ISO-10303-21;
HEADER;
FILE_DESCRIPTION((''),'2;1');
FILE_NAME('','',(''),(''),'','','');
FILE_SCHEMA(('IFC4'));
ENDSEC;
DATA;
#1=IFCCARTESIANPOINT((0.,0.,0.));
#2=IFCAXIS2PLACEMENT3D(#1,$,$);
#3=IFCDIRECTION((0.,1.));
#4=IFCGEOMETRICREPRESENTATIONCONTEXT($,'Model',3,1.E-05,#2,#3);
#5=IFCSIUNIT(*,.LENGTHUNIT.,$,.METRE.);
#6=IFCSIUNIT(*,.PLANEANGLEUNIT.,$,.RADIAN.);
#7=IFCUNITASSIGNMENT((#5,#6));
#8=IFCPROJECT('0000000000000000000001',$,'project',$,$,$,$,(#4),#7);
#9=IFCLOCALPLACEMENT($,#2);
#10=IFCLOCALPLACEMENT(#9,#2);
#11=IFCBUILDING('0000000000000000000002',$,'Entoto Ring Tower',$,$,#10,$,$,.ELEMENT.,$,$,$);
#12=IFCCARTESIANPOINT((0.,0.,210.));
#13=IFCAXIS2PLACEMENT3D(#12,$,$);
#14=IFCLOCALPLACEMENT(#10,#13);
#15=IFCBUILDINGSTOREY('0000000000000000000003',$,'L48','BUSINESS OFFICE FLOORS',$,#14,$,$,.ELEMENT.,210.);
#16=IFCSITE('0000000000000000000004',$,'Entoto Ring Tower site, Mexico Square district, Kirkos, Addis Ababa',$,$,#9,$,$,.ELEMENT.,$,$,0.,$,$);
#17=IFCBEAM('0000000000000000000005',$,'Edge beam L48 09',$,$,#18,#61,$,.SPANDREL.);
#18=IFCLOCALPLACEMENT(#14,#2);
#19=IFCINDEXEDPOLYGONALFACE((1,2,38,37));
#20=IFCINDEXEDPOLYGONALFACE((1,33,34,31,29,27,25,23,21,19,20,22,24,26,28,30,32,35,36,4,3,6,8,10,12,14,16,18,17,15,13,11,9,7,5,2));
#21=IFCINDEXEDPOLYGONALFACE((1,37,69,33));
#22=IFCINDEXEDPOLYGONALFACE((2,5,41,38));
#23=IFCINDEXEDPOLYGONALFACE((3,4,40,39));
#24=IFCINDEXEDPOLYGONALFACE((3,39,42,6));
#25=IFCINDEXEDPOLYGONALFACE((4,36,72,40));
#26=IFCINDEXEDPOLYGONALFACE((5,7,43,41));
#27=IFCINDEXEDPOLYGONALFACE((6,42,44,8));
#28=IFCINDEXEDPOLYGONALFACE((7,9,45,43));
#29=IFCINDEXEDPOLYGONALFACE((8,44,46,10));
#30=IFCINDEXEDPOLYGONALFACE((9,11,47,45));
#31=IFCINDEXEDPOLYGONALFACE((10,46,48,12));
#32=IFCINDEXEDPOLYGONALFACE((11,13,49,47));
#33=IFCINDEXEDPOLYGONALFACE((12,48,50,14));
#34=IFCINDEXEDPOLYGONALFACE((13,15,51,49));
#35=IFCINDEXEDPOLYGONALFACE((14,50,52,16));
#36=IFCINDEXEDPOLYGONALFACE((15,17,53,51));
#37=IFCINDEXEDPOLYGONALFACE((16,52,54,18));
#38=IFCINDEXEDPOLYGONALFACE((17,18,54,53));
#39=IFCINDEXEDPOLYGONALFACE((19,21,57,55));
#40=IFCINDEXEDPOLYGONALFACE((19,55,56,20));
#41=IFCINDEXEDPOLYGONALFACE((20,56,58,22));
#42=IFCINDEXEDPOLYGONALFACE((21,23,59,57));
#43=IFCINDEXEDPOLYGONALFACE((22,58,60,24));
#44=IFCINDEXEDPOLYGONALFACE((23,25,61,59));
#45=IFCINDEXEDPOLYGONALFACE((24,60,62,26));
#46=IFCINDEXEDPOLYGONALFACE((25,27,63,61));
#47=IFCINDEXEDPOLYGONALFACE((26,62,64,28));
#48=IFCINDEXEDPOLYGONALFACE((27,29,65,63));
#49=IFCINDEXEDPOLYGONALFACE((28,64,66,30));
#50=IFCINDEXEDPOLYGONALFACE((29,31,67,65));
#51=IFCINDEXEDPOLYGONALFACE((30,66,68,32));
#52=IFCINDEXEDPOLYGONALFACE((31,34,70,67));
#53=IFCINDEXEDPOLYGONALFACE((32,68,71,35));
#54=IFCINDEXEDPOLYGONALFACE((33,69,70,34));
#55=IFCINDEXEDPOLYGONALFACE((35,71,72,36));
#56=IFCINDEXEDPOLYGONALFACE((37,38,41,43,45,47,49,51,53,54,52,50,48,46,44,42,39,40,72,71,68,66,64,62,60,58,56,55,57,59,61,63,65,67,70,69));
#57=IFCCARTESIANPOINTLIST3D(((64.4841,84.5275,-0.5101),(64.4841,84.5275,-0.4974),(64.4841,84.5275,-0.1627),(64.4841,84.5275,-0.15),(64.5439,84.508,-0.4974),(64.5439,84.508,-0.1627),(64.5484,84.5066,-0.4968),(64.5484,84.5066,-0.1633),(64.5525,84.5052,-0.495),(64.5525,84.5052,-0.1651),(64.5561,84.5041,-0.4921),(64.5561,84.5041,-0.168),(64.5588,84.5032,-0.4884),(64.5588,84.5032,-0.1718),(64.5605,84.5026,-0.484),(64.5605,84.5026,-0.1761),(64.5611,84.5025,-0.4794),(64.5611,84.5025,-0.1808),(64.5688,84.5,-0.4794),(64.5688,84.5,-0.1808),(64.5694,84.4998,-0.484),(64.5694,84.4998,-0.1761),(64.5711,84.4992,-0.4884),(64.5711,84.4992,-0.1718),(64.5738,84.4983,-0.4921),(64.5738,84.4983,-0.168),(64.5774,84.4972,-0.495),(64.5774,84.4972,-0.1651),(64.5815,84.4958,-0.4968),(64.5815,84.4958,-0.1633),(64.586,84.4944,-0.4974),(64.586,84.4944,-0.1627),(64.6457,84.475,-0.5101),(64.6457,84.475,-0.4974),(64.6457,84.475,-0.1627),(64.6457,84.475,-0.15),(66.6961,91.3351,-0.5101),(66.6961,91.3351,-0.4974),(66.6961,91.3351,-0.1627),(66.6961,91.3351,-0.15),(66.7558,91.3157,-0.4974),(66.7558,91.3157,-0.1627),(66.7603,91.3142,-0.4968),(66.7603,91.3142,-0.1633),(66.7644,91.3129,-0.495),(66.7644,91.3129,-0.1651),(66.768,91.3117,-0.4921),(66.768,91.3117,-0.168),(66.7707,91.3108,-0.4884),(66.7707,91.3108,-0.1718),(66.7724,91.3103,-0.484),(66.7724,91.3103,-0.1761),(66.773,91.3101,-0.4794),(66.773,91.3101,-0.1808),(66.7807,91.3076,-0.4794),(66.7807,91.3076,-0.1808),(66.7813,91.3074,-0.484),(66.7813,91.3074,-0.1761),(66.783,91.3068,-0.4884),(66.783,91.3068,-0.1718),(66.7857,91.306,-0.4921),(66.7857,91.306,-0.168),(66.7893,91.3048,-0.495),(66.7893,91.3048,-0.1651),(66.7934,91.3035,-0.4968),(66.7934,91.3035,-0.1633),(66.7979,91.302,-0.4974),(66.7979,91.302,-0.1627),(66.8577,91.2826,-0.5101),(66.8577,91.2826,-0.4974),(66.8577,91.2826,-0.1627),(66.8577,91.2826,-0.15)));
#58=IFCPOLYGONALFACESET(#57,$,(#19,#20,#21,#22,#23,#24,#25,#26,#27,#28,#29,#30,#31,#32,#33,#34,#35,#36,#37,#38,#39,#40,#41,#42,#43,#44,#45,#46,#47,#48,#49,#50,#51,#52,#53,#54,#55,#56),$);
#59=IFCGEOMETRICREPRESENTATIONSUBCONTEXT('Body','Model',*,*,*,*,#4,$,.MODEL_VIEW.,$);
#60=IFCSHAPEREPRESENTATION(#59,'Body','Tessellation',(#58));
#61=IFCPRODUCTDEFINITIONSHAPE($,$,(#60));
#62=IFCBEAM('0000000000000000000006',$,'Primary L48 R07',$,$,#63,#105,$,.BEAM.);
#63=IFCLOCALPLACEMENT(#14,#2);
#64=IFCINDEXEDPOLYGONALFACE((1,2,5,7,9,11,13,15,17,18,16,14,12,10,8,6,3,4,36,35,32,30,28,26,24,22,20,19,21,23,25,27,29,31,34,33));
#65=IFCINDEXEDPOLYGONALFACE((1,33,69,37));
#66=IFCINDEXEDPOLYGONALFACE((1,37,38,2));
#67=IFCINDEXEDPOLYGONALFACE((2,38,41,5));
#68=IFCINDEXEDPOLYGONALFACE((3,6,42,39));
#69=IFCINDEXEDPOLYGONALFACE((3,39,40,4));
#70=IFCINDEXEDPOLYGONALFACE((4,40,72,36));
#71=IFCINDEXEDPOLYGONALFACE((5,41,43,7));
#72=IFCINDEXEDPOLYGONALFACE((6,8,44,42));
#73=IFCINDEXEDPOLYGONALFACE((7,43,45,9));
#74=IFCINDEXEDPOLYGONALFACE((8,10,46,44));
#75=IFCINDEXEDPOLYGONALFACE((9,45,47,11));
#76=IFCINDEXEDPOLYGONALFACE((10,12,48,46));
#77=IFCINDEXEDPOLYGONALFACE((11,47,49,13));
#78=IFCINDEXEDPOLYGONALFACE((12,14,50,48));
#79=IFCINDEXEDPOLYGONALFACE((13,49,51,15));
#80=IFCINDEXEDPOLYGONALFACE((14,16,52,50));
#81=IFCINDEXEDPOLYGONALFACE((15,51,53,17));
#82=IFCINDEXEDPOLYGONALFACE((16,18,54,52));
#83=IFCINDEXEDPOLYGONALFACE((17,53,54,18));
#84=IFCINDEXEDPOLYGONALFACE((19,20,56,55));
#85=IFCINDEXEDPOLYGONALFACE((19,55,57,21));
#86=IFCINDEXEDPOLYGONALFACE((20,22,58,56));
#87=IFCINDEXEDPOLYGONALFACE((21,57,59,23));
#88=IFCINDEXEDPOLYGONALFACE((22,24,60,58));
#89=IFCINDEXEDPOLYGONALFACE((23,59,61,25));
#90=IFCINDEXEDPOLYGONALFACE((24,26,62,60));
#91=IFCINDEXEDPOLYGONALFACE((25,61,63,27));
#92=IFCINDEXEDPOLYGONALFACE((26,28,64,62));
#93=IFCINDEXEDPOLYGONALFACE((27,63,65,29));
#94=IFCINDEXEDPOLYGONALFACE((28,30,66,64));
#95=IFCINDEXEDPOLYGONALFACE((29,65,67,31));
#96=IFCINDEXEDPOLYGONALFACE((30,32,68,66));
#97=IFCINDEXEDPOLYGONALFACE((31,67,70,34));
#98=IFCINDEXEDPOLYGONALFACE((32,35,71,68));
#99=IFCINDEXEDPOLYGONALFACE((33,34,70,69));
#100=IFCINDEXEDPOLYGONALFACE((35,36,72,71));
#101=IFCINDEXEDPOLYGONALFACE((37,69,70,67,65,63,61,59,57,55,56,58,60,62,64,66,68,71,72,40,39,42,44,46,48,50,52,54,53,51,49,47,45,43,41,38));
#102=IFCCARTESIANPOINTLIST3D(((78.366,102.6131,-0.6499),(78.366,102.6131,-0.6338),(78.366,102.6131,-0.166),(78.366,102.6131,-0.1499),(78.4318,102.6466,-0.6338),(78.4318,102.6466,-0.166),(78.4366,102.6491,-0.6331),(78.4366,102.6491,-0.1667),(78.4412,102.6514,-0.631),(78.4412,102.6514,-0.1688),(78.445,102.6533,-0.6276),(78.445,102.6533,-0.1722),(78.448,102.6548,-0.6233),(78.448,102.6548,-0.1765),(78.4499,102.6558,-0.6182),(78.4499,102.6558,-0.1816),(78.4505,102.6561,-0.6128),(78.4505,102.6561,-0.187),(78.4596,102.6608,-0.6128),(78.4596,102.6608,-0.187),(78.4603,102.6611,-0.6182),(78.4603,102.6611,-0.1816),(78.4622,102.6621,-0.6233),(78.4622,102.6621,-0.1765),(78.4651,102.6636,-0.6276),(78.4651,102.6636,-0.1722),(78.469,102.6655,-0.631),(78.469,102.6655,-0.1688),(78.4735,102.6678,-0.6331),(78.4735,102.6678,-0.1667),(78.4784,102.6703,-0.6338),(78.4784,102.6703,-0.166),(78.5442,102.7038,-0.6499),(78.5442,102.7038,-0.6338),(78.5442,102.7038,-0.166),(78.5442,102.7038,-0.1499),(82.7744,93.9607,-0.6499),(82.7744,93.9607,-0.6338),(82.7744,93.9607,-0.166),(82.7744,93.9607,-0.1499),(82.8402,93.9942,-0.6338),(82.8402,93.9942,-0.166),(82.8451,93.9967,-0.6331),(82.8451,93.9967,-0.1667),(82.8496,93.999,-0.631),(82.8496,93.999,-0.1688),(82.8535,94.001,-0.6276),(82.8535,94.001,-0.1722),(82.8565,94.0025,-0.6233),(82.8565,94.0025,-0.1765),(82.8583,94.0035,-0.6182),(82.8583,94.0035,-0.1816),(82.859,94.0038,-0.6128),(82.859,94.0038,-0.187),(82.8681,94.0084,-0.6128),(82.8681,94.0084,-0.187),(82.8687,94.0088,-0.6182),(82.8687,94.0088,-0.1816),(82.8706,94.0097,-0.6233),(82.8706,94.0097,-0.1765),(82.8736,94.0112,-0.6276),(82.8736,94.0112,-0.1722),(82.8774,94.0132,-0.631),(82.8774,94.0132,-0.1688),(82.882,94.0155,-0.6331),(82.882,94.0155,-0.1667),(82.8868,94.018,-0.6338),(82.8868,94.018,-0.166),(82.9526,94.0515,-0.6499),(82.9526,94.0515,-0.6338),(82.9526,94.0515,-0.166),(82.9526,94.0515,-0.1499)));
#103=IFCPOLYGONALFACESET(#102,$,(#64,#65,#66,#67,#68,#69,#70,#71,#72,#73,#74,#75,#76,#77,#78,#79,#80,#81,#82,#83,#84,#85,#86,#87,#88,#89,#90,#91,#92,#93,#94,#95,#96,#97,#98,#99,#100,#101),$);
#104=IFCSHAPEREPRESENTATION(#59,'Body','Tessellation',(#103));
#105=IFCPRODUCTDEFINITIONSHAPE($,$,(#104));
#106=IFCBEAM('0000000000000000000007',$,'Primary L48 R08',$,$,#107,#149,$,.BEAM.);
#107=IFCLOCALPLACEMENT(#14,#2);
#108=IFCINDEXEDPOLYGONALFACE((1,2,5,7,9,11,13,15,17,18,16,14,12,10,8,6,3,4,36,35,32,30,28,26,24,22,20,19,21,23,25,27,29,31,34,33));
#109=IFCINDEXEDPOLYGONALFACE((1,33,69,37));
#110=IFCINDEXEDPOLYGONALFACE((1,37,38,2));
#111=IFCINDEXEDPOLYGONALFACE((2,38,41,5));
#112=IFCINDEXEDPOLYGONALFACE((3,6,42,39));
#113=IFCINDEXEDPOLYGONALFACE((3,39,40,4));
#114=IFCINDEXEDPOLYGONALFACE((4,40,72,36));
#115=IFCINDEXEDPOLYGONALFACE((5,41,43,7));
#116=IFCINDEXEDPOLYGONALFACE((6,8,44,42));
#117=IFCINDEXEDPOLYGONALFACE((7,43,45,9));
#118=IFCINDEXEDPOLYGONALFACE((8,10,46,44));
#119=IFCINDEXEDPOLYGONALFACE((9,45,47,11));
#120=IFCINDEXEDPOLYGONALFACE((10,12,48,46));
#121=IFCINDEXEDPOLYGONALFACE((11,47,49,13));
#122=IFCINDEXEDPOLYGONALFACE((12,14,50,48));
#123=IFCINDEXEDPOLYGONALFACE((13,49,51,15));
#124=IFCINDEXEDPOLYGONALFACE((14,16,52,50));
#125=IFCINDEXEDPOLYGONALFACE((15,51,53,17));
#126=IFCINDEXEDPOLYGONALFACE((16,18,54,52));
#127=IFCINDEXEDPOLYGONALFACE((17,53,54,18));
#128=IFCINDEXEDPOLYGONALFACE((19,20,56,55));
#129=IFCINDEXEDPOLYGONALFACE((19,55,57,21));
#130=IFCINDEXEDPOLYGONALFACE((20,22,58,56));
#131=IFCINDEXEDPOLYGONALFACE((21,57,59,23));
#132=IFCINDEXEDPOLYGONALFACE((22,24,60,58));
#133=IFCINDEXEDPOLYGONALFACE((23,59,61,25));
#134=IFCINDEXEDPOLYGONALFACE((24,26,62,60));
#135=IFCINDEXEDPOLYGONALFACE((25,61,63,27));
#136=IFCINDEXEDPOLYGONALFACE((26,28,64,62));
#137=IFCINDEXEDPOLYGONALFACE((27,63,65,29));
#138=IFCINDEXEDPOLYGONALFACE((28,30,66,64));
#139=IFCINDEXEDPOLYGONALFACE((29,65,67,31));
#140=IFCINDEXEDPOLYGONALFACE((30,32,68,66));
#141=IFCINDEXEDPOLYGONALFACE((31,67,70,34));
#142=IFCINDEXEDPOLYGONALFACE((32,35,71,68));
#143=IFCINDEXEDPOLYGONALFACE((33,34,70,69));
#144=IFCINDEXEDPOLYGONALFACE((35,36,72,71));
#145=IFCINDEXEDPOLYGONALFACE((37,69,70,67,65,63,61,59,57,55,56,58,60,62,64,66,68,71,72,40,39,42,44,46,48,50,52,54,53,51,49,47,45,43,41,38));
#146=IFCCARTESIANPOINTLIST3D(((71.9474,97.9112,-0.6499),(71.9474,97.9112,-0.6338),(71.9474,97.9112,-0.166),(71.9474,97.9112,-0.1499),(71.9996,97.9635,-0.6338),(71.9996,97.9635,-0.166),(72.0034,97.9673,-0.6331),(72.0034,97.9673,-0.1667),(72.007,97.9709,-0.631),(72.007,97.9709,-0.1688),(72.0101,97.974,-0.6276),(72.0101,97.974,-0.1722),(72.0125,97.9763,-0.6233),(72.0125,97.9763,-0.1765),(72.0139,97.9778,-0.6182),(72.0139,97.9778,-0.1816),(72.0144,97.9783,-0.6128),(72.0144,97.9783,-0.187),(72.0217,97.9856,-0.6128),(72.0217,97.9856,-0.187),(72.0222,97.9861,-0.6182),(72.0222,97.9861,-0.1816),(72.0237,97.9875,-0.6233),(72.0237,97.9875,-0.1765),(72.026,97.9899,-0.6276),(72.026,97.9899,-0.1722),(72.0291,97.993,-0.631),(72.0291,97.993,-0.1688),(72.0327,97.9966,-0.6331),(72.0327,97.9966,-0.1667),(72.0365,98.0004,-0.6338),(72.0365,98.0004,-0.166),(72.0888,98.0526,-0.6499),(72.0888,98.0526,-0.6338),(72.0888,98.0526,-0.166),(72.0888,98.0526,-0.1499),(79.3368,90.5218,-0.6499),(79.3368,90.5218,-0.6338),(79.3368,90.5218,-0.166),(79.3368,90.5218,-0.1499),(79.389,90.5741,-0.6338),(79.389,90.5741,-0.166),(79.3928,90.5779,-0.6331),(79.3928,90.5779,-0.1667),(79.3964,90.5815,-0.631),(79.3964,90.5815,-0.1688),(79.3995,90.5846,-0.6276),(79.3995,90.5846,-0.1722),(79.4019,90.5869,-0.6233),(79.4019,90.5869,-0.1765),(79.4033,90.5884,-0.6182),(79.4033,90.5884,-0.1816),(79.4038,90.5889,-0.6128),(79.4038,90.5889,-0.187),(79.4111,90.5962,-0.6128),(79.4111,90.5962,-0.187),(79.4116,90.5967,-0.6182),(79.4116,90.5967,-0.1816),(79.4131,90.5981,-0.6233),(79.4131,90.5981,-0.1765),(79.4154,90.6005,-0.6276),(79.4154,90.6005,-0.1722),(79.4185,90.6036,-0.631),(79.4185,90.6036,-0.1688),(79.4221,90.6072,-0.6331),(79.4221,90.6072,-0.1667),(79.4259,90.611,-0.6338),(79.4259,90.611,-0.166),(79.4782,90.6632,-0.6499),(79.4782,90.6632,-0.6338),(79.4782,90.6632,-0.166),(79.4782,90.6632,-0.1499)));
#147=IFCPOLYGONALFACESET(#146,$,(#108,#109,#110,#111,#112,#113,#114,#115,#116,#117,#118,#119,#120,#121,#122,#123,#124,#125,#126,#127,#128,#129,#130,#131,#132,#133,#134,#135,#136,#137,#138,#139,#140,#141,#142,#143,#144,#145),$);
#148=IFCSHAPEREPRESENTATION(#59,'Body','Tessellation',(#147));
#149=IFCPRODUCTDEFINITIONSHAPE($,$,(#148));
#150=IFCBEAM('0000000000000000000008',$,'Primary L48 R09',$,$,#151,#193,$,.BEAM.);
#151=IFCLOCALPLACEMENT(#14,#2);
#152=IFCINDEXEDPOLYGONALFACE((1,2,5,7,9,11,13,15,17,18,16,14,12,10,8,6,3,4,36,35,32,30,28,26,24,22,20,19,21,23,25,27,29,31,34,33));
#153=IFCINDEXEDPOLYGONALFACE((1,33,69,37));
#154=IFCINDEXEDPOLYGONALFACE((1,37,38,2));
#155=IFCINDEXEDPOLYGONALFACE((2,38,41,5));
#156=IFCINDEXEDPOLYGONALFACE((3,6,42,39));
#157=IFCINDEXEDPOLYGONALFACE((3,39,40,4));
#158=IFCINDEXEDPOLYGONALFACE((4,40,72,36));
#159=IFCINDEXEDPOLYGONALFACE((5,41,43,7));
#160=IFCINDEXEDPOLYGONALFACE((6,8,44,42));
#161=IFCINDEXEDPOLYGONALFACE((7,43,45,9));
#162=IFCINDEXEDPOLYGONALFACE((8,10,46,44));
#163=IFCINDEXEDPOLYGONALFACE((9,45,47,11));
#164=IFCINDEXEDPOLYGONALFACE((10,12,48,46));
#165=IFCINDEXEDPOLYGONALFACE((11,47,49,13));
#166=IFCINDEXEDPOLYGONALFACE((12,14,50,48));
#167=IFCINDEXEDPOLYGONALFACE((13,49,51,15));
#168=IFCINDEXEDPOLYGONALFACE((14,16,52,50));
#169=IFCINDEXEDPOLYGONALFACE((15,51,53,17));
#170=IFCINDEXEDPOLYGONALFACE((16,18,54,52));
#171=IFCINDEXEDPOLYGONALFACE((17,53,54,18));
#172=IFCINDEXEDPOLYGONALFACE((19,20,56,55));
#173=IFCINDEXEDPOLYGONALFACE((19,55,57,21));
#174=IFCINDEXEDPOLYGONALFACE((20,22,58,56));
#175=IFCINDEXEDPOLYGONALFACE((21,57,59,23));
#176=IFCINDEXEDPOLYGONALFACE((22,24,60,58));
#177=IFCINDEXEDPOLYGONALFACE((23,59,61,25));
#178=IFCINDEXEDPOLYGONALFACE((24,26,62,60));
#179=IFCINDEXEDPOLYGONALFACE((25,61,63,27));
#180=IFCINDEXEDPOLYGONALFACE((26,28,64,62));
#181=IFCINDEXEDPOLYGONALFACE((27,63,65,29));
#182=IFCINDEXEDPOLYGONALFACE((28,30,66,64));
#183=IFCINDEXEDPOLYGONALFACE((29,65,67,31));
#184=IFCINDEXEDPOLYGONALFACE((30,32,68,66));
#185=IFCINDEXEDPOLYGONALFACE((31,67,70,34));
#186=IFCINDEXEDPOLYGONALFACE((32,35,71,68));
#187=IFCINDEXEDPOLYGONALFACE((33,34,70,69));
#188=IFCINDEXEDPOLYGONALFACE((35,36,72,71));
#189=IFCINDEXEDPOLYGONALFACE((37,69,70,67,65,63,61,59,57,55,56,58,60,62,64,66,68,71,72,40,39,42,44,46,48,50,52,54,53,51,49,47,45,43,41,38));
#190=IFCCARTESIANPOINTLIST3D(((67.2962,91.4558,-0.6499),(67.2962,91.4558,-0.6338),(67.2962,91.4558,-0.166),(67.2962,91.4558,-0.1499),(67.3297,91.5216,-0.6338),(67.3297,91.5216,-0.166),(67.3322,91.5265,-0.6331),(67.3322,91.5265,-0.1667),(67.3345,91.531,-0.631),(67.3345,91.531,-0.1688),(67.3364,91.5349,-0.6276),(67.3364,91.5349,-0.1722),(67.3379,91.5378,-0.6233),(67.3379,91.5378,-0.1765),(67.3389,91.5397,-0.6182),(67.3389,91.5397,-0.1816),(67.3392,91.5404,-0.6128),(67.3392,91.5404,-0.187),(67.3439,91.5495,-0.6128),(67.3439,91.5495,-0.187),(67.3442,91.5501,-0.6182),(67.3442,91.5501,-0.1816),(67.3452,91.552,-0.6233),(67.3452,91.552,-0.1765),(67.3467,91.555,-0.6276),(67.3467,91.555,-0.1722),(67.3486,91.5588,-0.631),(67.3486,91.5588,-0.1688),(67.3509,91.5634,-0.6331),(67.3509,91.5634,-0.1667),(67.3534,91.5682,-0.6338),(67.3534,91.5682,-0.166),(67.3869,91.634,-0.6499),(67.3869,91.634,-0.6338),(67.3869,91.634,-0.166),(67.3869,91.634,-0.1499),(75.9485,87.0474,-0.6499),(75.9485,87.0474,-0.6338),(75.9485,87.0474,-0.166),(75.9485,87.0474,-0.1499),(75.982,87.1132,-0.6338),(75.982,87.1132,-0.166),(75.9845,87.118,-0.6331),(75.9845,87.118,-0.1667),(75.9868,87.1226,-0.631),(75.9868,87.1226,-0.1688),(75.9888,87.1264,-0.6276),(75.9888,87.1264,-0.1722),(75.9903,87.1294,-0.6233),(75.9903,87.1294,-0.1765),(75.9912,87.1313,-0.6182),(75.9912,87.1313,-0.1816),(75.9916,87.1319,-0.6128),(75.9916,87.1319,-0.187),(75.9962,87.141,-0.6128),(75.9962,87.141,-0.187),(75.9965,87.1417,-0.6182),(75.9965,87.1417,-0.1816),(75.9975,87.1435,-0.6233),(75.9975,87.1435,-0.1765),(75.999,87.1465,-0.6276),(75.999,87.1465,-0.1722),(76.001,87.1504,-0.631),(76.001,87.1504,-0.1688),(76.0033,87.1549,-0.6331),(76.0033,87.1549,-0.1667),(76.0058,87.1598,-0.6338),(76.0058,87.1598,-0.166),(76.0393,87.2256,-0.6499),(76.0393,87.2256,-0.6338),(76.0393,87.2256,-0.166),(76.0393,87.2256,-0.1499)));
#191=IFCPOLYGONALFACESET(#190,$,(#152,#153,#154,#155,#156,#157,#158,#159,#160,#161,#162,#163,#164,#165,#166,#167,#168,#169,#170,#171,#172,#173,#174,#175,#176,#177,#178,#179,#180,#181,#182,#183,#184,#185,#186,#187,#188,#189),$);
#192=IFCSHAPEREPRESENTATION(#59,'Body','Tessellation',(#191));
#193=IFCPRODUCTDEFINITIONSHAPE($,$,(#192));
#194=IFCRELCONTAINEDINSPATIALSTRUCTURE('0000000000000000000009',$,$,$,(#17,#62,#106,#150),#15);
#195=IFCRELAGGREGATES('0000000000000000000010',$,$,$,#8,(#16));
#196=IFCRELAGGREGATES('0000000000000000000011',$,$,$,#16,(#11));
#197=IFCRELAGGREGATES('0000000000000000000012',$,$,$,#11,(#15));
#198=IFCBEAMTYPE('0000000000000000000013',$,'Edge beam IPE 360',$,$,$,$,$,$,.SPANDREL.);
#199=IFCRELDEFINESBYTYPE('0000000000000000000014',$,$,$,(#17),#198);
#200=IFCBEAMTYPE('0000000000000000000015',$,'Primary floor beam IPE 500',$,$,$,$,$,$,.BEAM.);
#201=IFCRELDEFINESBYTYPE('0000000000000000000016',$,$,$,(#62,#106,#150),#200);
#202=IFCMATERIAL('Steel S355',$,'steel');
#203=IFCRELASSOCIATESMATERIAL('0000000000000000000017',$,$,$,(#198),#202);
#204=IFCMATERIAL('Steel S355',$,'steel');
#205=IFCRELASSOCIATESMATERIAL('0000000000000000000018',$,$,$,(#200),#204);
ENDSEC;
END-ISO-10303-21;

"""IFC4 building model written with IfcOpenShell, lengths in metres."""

from ifc_helpers import new_model, si_unit, direction, frame, origin, origin_2d, place, context, subcontext, project, spatial, i_section, extrude, material, material_profile, profile_set, type_object, element, save


model = new_model("IFC4")

# Units and contexts
model_context = context("Model", 3, precision=1e-05, world=origin(), true_north=direction((0.0, 1.0)))
body_context = subcontext(model_context, "Body", "Model", "MODEL_VIEW")
ifc_project = project(units=[si_unit("LENGTHUNIT", "METRE"), si_unit("PLANEANGLEUNIT", "RADIAN")], contexts=[model_context])

# Site, building, storey
site_placement = place(None, origin())
site = spatial("IfcSite", under=ifc_project, at=site_placement, Name="Entoto Ring Tower site, Mexico Square district, Kirkos, Addis Ababa", CompositionType="ELEMENT", RefElevation=0.0)
building_placement = place(site_placement, origin())
building = spatial("IfcBuilding", under=site, at=building_placement, Name="Entoto Ring Tower", CompositionType="ELEMENT")
storey_placement = place(building_placement, frame((0.0, 0.0, 210.0)))
storey = spatial("IfcBuildingStorey", under=building, at=storey_placement, Name="L48", Description="BUSINESS OFFICE FLOORS", CompositionType="ELEMENT", Elevation=210.0)

# Beams
ifc_material_1 = material(Name="Steel S355", Category="steel")
ifc_material_profile_1 = material_profile(ifc_material_1, i_section(OverallWidth=0.1699, OverallDepth=0.3601, WebThickness=0.0081, FlangeThickness=0.0127, FilletRadius=0.0181, at=origin_2d()), Name="IPE 360")
ifc_profile_set_1 = profile_set([ifc_material_profile_1], Name="Steel S355")
beam_type_1 = type_object("IfcBeamType", Name="Edge beam IPE 360", PredefinedType="SPANDREL", material=ifc_profile_set_1)
beam_1_placement = place(storey_placement, frame((66.7769, 91.3088, -0.3301), z_axis=(-0.309015, -0.951057, 0.0), x_axis=(0.951057, -0.309015, 0.0)))
element("IfcBeam", 1, at=beam_1_placement, inside=storey, type_object=beam_type_1, Name="Edge beam L48 09", PredefinedType="SPANDREL", context=body_context, shape_type="SweptSolid", body=[
    extrude(i_section(OverallWidth=0.1699, OverallDepth=0.3601, WebThickness=0.0081, FlangeThickness=0.0127, FilletRadius=0.0181, at=origin_2d()), origin(), (0.0, 0.0, 1.0), 7.158),
])
ifc_material_2 = material(Name="Steel S355", Category="steel")
ifc_material_profile_2 = material_profile(ifc_material_2, i_section(OverallWidth=0.2, OverallDepth=0.5, WebThickness=0.0103, FlangeThickness=0.0161, FilletRadius=0.021, at=origin_2d()), Name="IPE 500")
ifc_profile_set_2 = profile_set([ifc_material_profile_2], Name="Steel S355")
beam_type_2 = type_object("IfcBeamType", Name="Primary floor beam IPE 500", PredefinedType="BEAM", material=ifc_profile_set_2)
beam_2_placement = place(storey_placement, frame((82.8635, 94.0061, -0.3999), z_axis=(-0.453979, 0.891012, 0.0), x_axis=(-0.891012, -0.453979, 0.0)))
element("IfcBeam", 2, at=beam_2_placement, inside=storey, type_object=beam_type_2, Name="Primary L48 R07", PredefinedType="BEAM", context=body_context, shape_type="SweptSolid", body=[
    extrude(i_section(OverallWidth=0.2, OverallDepth=0.5, WebThickness=0.0103, FlangeThickness=0.0161, FilletRadius=0.021, at=origin_2d()), origin(), (0.0, 0.0, 1.0), 9.7107),
])
beam_3_placement = place(storey_placement, frame((79.4075, 90.5925, -0.3999), z_axis=(-0.707107, 0.707107, 0.0), x_axis=(-0.707107, -0.707107, 0.0)))
element("IfcBeam", 3, at=beam_3_placement, inside=storey, type_object=beam_type_2, Name="Primary L48 R08", PredefinedType="BEAM", context=body_context, shape_type="SweptSolid", body=[
    extrude(i_section(OverallWidth=0.2, OverallDepth=0.5, WebThickness=0.0103, FlangeThickness=0.0161, FilletRadius=0.021, at=origin_2d()), origin(), (0.0, 0.0, 1.0), 10.4502),
])
beam_4_placement = place(storey_placement, frame((75.9939, 87.1365, -0.3999), z_axis=(-0.891012, 0.453979, 0.0), x_axis=(-0.453979, -0.891012, 0.0)))
element("IfcBeam", 4, at=beam_4_placement, inside=storey, type_object=beam_type_2, Name="Primary L48 R09", PredefinedType="BEAM", context=body_context, shape_type="SweptSolid", body=[
    extrude(i_section(OverallWidth=0.2, OverallDepth=0.5, WebThickness=0.0103, FlangeThickness=0.0161, FilletRadius=0.021, at=origin_2d()), origin(), (0.0, 0.0, 1.0), 9.7107),
])

save(model, "model.ifc")
